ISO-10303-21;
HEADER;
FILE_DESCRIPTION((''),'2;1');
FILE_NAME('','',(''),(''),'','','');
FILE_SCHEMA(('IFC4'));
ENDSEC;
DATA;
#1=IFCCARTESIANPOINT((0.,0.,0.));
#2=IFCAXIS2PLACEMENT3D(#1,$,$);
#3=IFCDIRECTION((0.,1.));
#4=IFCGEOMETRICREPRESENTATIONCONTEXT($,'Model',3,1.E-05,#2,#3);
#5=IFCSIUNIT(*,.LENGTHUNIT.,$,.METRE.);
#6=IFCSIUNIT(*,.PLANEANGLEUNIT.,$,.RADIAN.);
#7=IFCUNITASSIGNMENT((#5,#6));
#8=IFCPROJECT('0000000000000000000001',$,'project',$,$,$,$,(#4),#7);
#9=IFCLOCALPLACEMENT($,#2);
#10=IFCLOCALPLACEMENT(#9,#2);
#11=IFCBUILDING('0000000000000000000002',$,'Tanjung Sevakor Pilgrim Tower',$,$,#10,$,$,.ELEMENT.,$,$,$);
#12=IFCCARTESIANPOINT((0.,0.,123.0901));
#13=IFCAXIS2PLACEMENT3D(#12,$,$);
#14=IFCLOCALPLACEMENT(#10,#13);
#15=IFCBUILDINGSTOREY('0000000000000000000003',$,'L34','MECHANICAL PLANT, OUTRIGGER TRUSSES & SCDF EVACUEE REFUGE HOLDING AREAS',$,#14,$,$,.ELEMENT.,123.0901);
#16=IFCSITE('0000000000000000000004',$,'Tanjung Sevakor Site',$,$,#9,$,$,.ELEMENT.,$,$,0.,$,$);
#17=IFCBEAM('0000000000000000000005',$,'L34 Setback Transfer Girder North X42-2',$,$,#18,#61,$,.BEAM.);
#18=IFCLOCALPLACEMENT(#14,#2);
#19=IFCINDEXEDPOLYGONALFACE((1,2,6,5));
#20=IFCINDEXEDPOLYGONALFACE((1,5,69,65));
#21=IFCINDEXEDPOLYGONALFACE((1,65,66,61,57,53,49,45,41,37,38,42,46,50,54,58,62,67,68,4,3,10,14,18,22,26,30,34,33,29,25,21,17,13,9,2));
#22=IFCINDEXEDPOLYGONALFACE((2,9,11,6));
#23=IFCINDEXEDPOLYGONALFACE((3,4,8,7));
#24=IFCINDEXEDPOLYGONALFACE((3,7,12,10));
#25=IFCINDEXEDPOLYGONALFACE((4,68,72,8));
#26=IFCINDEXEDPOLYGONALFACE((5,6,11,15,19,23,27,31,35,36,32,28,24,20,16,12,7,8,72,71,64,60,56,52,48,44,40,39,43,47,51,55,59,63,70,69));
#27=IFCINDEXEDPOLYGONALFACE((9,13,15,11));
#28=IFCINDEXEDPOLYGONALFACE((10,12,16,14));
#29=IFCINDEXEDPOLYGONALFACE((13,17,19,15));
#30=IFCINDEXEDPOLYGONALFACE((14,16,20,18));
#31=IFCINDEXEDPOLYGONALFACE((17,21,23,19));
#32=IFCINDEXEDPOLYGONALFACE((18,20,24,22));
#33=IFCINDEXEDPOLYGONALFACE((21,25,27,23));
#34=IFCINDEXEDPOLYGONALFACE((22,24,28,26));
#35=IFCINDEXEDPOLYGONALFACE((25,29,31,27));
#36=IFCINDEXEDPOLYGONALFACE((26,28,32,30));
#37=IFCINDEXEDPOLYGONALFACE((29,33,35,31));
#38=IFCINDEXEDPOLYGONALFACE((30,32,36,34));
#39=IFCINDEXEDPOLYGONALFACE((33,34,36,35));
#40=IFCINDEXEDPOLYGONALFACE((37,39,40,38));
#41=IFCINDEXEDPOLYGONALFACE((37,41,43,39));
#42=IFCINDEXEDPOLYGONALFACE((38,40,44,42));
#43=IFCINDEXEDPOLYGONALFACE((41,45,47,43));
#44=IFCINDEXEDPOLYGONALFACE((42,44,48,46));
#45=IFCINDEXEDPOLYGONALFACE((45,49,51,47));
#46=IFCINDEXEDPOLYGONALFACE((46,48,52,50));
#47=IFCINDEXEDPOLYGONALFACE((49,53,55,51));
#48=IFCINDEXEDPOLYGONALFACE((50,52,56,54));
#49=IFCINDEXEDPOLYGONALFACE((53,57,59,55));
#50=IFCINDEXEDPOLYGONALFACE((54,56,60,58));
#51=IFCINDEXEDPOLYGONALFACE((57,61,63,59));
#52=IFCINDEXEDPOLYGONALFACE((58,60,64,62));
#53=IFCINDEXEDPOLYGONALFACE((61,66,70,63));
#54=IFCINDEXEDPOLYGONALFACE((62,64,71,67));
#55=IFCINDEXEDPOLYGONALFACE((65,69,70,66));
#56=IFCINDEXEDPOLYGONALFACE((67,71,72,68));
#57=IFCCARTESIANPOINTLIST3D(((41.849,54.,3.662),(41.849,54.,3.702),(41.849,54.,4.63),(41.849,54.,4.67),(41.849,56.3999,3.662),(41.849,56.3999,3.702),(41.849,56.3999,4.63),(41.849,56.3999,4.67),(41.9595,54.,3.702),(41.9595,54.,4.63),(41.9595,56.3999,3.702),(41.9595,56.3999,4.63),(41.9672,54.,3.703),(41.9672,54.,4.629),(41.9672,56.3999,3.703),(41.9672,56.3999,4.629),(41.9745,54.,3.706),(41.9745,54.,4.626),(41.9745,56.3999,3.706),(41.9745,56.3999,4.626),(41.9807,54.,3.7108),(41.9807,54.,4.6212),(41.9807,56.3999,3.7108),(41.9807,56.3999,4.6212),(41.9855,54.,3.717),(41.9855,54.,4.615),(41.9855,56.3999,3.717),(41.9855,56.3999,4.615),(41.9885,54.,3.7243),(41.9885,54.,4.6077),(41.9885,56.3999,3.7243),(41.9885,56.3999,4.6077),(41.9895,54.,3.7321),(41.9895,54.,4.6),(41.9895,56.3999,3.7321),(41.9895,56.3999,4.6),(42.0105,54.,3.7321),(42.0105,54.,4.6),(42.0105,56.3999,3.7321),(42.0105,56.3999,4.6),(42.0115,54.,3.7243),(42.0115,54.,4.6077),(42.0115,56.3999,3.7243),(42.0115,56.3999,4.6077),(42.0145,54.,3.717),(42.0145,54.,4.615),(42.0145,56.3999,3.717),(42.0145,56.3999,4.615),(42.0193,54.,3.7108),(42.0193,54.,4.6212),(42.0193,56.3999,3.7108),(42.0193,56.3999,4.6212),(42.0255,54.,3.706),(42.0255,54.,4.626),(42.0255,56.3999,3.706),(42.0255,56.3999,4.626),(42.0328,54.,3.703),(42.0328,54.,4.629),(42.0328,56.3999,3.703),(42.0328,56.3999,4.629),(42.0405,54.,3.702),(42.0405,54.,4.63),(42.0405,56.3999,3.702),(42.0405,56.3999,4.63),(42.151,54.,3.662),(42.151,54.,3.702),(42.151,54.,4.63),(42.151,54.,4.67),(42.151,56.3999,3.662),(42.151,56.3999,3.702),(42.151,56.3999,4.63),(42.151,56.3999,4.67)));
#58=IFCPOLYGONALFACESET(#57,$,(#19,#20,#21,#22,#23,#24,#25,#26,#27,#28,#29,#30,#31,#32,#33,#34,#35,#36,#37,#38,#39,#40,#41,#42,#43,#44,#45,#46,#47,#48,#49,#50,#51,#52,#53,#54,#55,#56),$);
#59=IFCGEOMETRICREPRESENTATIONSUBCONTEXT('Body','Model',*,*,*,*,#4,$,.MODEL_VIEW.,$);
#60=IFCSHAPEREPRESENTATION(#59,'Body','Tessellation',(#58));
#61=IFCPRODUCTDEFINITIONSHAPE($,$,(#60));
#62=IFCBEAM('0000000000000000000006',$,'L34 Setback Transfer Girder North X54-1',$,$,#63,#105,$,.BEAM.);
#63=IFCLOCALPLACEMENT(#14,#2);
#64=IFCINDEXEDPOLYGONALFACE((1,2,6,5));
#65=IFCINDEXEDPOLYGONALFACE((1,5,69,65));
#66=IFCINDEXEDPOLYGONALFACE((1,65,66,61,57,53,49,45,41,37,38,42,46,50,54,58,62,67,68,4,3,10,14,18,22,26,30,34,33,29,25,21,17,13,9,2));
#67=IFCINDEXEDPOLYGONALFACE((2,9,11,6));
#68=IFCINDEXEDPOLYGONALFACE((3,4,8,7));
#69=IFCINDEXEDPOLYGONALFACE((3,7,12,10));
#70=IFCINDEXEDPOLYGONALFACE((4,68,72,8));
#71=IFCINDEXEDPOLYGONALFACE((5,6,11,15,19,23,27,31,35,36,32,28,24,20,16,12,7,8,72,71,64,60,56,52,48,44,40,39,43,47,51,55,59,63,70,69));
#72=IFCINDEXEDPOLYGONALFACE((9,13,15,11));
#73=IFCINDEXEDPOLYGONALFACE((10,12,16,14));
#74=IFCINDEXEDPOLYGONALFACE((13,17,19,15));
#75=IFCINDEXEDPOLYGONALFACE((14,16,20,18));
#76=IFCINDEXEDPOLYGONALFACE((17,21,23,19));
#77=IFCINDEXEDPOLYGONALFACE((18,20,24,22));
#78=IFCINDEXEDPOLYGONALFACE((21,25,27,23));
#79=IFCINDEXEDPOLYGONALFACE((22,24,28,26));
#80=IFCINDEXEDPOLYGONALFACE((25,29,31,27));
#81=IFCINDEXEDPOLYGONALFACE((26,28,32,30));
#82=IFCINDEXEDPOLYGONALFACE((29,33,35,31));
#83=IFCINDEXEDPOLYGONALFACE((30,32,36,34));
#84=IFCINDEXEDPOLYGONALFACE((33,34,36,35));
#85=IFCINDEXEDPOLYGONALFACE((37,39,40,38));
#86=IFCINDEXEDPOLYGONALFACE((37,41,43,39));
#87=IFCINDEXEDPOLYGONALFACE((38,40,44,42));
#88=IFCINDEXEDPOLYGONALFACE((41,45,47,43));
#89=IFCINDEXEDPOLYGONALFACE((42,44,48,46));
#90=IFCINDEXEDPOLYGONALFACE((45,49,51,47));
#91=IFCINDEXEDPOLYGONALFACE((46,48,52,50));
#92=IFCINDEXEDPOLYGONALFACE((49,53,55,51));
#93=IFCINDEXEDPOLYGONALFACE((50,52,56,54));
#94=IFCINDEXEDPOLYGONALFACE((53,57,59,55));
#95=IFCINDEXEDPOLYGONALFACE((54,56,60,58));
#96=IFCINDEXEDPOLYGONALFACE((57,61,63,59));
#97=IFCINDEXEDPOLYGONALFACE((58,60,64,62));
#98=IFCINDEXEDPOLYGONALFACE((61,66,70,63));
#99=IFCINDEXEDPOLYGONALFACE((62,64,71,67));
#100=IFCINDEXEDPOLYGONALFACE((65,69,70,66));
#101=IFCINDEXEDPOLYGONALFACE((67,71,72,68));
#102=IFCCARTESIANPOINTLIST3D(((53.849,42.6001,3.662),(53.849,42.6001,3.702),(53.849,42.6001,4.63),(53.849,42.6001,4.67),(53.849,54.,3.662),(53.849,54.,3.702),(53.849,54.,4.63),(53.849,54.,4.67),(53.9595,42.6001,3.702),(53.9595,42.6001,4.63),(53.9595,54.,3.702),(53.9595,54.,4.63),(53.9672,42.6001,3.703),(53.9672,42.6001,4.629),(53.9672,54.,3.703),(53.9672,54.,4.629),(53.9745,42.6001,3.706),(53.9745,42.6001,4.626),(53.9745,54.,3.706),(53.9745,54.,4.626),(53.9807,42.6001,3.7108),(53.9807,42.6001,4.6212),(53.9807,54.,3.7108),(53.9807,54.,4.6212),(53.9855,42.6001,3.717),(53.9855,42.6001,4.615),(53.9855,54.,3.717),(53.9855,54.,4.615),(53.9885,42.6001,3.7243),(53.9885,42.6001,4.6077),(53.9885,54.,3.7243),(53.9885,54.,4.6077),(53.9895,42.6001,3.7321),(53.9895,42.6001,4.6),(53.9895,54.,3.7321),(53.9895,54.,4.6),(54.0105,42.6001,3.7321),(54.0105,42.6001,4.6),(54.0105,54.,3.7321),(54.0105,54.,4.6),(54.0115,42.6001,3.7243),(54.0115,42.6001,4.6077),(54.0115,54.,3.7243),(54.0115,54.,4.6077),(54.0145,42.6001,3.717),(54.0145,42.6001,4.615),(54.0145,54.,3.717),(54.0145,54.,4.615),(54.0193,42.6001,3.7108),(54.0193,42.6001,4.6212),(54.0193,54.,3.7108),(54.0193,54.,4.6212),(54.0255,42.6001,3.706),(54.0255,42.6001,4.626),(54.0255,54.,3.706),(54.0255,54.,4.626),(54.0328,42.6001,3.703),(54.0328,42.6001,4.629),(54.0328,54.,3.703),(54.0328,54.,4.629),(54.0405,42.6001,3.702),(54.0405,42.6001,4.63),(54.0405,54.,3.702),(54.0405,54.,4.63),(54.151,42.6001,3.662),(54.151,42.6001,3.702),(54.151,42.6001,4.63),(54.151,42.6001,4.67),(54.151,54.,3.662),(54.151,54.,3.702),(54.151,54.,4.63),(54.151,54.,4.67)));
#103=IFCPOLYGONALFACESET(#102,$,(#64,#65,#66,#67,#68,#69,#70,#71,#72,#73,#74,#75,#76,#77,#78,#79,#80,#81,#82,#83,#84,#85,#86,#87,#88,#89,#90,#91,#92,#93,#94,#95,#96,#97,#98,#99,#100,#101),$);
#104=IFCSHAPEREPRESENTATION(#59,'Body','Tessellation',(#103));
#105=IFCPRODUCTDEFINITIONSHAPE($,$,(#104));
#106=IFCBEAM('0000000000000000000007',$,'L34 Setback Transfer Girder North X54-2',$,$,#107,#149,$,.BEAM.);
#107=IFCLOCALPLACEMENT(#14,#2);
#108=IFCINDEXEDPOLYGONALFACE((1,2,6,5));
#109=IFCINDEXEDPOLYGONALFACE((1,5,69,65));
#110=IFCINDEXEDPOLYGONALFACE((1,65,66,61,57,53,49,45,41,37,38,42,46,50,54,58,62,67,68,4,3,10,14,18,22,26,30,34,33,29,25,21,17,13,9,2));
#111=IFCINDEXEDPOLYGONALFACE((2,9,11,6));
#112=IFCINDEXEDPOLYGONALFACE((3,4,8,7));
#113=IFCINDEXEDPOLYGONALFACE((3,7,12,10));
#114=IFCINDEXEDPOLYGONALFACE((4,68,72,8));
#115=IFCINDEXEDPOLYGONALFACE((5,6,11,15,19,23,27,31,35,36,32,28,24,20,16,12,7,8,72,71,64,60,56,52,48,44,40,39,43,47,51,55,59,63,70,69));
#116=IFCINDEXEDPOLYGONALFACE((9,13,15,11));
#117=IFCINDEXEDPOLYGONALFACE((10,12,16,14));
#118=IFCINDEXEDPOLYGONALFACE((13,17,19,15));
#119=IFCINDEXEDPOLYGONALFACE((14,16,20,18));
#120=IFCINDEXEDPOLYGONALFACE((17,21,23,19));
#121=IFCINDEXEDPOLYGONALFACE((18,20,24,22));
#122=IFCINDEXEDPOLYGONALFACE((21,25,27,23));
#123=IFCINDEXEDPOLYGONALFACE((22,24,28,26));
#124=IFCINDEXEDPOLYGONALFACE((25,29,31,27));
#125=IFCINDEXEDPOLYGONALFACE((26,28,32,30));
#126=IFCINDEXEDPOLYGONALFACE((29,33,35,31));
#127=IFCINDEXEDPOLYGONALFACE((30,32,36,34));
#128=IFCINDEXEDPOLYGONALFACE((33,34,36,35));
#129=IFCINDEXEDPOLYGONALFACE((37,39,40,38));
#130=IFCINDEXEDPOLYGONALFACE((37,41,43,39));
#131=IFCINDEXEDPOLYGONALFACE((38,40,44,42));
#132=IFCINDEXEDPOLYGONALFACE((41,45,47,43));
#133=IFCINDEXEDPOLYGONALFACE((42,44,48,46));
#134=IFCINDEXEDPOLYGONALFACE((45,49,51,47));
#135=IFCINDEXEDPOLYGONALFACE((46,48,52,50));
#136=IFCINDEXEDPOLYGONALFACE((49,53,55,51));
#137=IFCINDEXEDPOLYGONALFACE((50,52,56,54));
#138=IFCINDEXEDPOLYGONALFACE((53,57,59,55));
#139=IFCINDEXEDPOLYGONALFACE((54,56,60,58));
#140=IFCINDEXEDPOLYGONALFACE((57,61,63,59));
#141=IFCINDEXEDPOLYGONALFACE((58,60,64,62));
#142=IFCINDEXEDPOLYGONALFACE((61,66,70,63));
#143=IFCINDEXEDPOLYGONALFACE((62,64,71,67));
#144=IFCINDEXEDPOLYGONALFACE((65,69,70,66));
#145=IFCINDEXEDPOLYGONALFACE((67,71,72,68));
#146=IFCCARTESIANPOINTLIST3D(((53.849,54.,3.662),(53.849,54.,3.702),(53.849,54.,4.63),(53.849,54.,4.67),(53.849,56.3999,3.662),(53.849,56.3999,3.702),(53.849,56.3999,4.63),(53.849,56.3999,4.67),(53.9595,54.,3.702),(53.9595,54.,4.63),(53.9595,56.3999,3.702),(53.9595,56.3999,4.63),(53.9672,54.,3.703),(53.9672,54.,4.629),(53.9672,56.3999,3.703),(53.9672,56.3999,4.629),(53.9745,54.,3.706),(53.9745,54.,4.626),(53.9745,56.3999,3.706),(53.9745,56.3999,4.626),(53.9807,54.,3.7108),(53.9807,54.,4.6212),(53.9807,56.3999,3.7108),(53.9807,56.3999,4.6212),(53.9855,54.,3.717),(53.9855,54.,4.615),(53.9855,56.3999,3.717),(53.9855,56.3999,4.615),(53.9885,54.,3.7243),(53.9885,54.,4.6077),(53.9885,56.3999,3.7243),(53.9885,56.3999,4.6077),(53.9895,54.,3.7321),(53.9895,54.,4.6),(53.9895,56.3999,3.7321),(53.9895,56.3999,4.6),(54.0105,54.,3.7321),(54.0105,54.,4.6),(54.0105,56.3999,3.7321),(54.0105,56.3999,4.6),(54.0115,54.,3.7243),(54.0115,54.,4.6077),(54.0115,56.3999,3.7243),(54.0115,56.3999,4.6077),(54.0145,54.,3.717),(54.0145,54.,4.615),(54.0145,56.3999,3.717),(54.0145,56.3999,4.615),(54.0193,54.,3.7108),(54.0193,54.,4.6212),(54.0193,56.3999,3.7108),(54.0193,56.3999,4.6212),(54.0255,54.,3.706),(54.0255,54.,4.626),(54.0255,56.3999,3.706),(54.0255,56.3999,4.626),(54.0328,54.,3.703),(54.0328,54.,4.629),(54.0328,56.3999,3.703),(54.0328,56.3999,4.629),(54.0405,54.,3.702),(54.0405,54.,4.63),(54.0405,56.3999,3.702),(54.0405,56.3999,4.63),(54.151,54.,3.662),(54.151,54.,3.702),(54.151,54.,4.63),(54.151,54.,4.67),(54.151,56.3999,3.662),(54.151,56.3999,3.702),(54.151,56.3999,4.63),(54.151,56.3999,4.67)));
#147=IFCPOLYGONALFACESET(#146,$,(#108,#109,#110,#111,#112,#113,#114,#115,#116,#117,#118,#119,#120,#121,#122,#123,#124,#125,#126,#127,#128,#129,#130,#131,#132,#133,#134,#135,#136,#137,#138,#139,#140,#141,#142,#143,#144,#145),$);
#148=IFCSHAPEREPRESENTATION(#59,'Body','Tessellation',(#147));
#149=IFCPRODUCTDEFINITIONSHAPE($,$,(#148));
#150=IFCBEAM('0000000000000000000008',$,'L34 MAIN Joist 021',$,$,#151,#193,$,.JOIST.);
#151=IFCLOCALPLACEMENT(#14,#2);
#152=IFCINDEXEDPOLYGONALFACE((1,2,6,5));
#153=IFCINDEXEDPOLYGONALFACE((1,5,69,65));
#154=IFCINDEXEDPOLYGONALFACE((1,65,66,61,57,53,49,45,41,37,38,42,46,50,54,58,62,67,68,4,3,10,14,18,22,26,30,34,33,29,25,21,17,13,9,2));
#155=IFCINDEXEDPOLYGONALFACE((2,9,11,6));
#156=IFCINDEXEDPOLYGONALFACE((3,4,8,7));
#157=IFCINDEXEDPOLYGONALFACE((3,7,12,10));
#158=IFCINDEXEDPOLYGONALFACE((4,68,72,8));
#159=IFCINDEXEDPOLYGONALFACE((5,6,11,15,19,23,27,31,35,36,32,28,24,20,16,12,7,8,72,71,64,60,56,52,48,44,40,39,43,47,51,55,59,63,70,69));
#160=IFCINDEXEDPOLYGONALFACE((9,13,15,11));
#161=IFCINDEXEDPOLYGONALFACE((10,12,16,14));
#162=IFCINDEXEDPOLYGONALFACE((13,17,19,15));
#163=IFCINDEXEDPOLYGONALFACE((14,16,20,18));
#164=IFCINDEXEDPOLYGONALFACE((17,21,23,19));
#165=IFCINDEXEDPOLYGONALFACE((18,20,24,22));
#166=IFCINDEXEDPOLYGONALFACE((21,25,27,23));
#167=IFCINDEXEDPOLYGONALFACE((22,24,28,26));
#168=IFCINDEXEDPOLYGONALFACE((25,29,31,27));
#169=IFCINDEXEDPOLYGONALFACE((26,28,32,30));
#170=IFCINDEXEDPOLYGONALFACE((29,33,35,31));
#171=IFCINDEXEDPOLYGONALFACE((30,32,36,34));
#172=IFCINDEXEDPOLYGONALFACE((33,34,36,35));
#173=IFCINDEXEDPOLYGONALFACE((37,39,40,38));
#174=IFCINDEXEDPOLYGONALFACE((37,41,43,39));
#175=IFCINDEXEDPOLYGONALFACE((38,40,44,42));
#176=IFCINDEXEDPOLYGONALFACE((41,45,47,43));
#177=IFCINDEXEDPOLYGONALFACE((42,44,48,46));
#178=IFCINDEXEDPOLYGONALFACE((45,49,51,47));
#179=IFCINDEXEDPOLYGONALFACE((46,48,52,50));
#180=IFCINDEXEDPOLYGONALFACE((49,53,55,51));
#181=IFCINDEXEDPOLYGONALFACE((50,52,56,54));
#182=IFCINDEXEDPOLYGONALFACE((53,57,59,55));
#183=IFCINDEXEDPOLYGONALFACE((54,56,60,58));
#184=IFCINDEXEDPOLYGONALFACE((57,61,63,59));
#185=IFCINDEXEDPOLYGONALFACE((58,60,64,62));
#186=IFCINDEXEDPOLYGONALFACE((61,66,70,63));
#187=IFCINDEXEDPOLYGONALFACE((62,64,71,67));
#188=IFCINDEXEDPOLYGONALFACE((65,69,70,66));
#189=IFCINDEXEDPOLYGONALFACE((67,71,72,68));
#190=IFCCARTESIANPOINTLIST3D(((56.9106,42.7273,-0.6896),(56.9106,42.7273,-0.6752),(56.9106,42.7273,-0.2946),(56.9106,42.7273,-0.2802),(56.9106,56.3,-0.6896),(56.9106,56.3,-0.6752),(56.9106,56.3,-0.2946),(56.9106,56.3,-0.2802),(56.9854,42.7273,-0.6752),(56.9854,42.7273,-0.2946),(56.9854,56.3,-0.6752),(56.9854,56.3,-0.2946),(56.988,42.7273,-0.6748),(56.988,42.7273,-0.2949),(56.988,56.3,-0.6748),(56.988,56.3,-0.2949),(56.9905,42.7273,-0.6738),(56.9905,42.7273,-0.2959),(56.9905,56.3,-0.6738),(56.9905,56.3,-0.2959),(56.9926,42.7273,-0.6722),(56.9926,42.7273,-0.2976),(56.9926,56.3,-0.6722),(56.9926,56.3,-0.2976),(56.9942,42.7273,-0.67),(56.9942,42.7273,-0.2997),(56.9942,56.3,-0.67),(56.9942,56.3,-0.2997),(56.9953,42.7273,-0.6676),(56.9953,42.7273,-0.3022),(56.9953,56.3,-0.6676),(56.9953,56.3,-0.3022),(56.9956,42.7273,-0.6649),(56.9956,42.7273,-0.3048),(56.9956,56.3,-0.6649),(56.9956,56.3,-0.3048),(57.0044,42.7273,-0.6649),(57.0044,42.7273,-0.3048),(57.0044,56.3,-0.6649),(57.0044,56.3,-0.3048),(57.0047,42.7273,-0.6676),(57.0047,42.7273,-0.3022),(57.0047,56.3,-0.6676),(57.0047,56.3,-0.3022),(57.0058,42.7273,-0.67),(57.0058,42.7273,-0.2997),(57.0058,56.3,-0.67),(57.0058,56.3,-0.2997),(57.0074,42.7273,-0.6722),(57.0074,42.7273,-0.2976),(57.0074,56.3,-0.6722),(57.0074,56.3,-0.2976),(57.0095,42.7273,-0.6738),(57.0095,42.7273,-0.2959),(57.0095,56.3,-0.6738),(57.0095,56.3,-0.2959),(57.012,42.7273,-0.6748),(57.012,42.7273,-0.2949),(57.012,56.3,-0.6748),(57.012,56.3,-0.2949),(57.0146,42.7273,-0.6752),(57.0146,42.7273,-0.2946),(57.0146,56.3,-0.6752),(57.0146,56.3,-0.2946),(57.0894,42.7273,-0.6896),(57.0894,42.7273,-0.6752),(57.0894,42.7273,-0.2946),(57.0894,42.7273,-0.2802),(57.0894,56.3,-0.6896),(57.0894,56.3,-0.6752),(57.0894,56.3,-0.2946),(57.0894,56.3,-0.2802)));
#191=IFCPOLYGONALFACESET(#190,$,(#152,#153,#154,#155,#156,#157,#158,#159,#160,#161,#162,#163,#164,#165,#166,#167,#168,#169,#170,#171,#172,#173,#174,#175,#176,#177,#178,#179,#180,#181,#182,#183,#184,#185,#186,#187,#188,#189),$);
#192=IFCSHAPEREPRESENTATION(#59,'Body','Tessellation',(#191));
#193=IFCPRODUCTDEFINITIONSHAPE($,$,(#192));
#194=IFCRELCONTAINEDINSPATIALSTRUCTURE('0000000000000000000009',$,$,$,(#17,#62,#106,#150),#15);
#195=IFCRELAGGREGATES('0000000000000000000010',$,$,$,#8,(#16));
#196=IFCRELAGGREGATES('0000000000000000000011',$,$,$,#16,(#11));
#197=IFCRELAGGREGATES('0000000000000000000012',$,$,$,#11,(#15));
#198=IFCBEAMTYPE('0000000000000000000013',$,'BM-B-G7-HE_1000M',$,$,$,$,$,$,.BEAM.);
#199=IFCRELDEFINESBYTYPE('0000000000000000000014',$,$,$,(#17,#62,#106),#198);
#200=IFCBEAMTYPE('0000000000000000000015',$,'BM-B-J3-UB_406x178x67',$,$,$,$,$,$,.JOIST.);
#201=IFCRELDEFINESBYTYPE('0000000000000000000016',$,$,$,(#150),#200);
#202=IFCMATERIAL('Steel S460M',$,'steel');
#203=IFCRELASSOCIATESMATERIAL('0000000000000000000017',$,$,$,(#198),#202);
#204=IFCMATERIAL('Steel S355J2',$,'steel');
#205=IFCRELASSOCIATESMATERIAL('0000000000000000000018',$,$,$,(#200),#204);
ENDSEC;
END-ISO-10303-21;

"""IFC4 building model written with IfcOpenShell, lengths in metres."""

from ifc_helpers import new_model, si_unit, direction, frame, origin, origin_2d, place, context, subcontext, project, spatial, i_section, extrude, material, material_profile, profile_set, type_object, element, save


model = new_model("IFC4")

# Units and contexts
model_context = context("Model", 3, precision=1e-05, world=origin(), true_north=direction((0.0, 1.0)))
body_context = subcontext(model_context, "Body", "Model", "MODEL_VIEW")
ifc_project = project(units=[si_unit("LENGTHUNIT", "METRE"), si_unit("PLANEANGLEUNIT", "RADIAN")], contexts=[model_context])

# Site, building, storey
site_placement = place(None, origin())
site = spatial("IfcSite", under=ifc_project, at=site_placement, Name="Tanjung Sevakor Site", CompositionType="ELEMENT", RefElevation=0.0)
building_placement = place(site_placement, origin())
building = spatial("IfcBuilding", under=site, at=building_placement, Name="Tanjung Sevakor Pilgrim Tower", CompositionType="ELEMENT")
storey_placement = place(building_placement, frame((0.0, 0.0, 123.0901)))
storey = spatial("IfcBuildingStorey", under=building, at=storey_placement, Name="L34", Description="MECHANICAL PLANT, OUTRIGGER TRUSSES & SCDF EVACUEE REFUGE HOLDING AREAS", CompositionType="ELEMENT", Elevation=123.0901)

# Beams
ifc_material_1 = material(Name="Steel S460M", Category="steel")
ifc_material_profile_1 = material_profile(ifc_material_1, i_section(OverallWidth=0.302, OverallDepth=1.0081, WebThickness=0.021, FlangeThickness=0.04, FilletRadius=0.03, at=origin_2d()))
ifc_profile_set_1 = profile_set([ifc_material_profile_1], Name="Steel S460M")
beam_type_1 = type_object("IfcBeamType", Name="BM-B-G7-HE_1000M", PredefinedType="BEAM", material=ifc_profile_set_1)
beam_1_placement = place(storey_placement, frame((42.0, 54.0, 4.166), z_axis=(0.0, 1.0, 0.0), x_axis=(-1.0, 0.0, 0.0)))
element("IfcBeam", 1, at=beam_1_placement, inside=storey, type_object=beam_type_1, Name="L34 Setback Transfer Girder North X42-2", PredefinedType="BEAM", context=body_context, shape_type="SweptSolid", body=[
    extrude(i_section(OverallWidth=0.302, OverallDepth=1.0081, WebThickness=0.021, FlangeThickness=0.04, FilletRadius=0.03, at=origin_2d()), origin(), (0.0, 0.0, 1.0), 2.3999),
])
beam_2_placement = place(storey_placement, frame((54.0, 42.6001, 4.166), z_axis=(0.0, 1.0, 0.0), x_axis=(-1.0, 0.0, 0.0)))
element("IfcBeam", 2, at=beam_2_placement, inside=storey, type_object=beam_type_1, Name="L34 Setback Transfer Girder North X54-1", PredefinedType="BEAM", context=body_context, shape_type="SweptSolid", body=[
    extrude(i_section(OverallWidth=0.302, OverallDepth=1.0081, WebThickness=0.021, FlangeThickness=0.04, FilletRadius=0.03, at=origin_2d()), origin(), (0.0, 0.0, 1.0), 11.3999),
])
beam_3_placement = place(storey_placement, frame((54.0, 54.0, 4.166), z_axis=(0.0, 1.0, 0.0), x_axis=(-1.0, 0.0, 0.0)))
element("IfcBeam", 3, at=beam_3_placement, inside=storey, type_object=beam_type_1, Name="L34 Setback Transfer Girder North X54-2", PredefinedType="BEAM", context=body_context, shape_type="SweptSolid", body=[
    extrude(i_section(OverallWidth=0.302, OverallDepth=1.0081, WebThickness=0.021, FlangeThickness=0.04, FilletRadius=0.03, at=origin_2d()), origin(), (0.0, 0.0, 1.0), 2.3999),
])
ifc_material_2 = material(Name="Steel S355J2", Category="steel")
ifc_material_profile_2 = material_profile(ifc_material_2, i_section(OverallWidth=0.1787, OverallDepth=0.4094, WebThickness=0.0088, FlangeThickness=0.0144, FilletRadius=0.0103, at=origin_2d()))
ifc_profile_set_2 = profile_set([ifc_material_profile_2], Name="Steel S355J2")
beam_type_2 = type_object("IfcBeamType", Name="BM-B-J3-UB_406x178x67", PredefinedType="JOIST", material=ifc_profile_set_2)
beam_4_placement = place(storey_placement, frame((57.0, 42.7273, -0.4849), z_axis=(0.0, 1.0, 0.0), x_axis=(-1.0, 0.0, 0.0)))
element("IfcBeam", 4, at=beam_4_placement, inside=storey, type_object=beam_type_2, Name="L34 MAIN Joist 021", PredefinedType="JOIST", context=body_context, shape_type="SweptSolid", body=[
    extrude(i_section(OverallWidth=0.1787, OverallDepth=0.4094, WebThickness=0.0088, FlangeThickness=0.0144, FilletRadius=0.0103, at=origin_2d()), origin(), (0.0, 0.0, 1.0), 13.5728),
])

save(model, "model.ifc")
